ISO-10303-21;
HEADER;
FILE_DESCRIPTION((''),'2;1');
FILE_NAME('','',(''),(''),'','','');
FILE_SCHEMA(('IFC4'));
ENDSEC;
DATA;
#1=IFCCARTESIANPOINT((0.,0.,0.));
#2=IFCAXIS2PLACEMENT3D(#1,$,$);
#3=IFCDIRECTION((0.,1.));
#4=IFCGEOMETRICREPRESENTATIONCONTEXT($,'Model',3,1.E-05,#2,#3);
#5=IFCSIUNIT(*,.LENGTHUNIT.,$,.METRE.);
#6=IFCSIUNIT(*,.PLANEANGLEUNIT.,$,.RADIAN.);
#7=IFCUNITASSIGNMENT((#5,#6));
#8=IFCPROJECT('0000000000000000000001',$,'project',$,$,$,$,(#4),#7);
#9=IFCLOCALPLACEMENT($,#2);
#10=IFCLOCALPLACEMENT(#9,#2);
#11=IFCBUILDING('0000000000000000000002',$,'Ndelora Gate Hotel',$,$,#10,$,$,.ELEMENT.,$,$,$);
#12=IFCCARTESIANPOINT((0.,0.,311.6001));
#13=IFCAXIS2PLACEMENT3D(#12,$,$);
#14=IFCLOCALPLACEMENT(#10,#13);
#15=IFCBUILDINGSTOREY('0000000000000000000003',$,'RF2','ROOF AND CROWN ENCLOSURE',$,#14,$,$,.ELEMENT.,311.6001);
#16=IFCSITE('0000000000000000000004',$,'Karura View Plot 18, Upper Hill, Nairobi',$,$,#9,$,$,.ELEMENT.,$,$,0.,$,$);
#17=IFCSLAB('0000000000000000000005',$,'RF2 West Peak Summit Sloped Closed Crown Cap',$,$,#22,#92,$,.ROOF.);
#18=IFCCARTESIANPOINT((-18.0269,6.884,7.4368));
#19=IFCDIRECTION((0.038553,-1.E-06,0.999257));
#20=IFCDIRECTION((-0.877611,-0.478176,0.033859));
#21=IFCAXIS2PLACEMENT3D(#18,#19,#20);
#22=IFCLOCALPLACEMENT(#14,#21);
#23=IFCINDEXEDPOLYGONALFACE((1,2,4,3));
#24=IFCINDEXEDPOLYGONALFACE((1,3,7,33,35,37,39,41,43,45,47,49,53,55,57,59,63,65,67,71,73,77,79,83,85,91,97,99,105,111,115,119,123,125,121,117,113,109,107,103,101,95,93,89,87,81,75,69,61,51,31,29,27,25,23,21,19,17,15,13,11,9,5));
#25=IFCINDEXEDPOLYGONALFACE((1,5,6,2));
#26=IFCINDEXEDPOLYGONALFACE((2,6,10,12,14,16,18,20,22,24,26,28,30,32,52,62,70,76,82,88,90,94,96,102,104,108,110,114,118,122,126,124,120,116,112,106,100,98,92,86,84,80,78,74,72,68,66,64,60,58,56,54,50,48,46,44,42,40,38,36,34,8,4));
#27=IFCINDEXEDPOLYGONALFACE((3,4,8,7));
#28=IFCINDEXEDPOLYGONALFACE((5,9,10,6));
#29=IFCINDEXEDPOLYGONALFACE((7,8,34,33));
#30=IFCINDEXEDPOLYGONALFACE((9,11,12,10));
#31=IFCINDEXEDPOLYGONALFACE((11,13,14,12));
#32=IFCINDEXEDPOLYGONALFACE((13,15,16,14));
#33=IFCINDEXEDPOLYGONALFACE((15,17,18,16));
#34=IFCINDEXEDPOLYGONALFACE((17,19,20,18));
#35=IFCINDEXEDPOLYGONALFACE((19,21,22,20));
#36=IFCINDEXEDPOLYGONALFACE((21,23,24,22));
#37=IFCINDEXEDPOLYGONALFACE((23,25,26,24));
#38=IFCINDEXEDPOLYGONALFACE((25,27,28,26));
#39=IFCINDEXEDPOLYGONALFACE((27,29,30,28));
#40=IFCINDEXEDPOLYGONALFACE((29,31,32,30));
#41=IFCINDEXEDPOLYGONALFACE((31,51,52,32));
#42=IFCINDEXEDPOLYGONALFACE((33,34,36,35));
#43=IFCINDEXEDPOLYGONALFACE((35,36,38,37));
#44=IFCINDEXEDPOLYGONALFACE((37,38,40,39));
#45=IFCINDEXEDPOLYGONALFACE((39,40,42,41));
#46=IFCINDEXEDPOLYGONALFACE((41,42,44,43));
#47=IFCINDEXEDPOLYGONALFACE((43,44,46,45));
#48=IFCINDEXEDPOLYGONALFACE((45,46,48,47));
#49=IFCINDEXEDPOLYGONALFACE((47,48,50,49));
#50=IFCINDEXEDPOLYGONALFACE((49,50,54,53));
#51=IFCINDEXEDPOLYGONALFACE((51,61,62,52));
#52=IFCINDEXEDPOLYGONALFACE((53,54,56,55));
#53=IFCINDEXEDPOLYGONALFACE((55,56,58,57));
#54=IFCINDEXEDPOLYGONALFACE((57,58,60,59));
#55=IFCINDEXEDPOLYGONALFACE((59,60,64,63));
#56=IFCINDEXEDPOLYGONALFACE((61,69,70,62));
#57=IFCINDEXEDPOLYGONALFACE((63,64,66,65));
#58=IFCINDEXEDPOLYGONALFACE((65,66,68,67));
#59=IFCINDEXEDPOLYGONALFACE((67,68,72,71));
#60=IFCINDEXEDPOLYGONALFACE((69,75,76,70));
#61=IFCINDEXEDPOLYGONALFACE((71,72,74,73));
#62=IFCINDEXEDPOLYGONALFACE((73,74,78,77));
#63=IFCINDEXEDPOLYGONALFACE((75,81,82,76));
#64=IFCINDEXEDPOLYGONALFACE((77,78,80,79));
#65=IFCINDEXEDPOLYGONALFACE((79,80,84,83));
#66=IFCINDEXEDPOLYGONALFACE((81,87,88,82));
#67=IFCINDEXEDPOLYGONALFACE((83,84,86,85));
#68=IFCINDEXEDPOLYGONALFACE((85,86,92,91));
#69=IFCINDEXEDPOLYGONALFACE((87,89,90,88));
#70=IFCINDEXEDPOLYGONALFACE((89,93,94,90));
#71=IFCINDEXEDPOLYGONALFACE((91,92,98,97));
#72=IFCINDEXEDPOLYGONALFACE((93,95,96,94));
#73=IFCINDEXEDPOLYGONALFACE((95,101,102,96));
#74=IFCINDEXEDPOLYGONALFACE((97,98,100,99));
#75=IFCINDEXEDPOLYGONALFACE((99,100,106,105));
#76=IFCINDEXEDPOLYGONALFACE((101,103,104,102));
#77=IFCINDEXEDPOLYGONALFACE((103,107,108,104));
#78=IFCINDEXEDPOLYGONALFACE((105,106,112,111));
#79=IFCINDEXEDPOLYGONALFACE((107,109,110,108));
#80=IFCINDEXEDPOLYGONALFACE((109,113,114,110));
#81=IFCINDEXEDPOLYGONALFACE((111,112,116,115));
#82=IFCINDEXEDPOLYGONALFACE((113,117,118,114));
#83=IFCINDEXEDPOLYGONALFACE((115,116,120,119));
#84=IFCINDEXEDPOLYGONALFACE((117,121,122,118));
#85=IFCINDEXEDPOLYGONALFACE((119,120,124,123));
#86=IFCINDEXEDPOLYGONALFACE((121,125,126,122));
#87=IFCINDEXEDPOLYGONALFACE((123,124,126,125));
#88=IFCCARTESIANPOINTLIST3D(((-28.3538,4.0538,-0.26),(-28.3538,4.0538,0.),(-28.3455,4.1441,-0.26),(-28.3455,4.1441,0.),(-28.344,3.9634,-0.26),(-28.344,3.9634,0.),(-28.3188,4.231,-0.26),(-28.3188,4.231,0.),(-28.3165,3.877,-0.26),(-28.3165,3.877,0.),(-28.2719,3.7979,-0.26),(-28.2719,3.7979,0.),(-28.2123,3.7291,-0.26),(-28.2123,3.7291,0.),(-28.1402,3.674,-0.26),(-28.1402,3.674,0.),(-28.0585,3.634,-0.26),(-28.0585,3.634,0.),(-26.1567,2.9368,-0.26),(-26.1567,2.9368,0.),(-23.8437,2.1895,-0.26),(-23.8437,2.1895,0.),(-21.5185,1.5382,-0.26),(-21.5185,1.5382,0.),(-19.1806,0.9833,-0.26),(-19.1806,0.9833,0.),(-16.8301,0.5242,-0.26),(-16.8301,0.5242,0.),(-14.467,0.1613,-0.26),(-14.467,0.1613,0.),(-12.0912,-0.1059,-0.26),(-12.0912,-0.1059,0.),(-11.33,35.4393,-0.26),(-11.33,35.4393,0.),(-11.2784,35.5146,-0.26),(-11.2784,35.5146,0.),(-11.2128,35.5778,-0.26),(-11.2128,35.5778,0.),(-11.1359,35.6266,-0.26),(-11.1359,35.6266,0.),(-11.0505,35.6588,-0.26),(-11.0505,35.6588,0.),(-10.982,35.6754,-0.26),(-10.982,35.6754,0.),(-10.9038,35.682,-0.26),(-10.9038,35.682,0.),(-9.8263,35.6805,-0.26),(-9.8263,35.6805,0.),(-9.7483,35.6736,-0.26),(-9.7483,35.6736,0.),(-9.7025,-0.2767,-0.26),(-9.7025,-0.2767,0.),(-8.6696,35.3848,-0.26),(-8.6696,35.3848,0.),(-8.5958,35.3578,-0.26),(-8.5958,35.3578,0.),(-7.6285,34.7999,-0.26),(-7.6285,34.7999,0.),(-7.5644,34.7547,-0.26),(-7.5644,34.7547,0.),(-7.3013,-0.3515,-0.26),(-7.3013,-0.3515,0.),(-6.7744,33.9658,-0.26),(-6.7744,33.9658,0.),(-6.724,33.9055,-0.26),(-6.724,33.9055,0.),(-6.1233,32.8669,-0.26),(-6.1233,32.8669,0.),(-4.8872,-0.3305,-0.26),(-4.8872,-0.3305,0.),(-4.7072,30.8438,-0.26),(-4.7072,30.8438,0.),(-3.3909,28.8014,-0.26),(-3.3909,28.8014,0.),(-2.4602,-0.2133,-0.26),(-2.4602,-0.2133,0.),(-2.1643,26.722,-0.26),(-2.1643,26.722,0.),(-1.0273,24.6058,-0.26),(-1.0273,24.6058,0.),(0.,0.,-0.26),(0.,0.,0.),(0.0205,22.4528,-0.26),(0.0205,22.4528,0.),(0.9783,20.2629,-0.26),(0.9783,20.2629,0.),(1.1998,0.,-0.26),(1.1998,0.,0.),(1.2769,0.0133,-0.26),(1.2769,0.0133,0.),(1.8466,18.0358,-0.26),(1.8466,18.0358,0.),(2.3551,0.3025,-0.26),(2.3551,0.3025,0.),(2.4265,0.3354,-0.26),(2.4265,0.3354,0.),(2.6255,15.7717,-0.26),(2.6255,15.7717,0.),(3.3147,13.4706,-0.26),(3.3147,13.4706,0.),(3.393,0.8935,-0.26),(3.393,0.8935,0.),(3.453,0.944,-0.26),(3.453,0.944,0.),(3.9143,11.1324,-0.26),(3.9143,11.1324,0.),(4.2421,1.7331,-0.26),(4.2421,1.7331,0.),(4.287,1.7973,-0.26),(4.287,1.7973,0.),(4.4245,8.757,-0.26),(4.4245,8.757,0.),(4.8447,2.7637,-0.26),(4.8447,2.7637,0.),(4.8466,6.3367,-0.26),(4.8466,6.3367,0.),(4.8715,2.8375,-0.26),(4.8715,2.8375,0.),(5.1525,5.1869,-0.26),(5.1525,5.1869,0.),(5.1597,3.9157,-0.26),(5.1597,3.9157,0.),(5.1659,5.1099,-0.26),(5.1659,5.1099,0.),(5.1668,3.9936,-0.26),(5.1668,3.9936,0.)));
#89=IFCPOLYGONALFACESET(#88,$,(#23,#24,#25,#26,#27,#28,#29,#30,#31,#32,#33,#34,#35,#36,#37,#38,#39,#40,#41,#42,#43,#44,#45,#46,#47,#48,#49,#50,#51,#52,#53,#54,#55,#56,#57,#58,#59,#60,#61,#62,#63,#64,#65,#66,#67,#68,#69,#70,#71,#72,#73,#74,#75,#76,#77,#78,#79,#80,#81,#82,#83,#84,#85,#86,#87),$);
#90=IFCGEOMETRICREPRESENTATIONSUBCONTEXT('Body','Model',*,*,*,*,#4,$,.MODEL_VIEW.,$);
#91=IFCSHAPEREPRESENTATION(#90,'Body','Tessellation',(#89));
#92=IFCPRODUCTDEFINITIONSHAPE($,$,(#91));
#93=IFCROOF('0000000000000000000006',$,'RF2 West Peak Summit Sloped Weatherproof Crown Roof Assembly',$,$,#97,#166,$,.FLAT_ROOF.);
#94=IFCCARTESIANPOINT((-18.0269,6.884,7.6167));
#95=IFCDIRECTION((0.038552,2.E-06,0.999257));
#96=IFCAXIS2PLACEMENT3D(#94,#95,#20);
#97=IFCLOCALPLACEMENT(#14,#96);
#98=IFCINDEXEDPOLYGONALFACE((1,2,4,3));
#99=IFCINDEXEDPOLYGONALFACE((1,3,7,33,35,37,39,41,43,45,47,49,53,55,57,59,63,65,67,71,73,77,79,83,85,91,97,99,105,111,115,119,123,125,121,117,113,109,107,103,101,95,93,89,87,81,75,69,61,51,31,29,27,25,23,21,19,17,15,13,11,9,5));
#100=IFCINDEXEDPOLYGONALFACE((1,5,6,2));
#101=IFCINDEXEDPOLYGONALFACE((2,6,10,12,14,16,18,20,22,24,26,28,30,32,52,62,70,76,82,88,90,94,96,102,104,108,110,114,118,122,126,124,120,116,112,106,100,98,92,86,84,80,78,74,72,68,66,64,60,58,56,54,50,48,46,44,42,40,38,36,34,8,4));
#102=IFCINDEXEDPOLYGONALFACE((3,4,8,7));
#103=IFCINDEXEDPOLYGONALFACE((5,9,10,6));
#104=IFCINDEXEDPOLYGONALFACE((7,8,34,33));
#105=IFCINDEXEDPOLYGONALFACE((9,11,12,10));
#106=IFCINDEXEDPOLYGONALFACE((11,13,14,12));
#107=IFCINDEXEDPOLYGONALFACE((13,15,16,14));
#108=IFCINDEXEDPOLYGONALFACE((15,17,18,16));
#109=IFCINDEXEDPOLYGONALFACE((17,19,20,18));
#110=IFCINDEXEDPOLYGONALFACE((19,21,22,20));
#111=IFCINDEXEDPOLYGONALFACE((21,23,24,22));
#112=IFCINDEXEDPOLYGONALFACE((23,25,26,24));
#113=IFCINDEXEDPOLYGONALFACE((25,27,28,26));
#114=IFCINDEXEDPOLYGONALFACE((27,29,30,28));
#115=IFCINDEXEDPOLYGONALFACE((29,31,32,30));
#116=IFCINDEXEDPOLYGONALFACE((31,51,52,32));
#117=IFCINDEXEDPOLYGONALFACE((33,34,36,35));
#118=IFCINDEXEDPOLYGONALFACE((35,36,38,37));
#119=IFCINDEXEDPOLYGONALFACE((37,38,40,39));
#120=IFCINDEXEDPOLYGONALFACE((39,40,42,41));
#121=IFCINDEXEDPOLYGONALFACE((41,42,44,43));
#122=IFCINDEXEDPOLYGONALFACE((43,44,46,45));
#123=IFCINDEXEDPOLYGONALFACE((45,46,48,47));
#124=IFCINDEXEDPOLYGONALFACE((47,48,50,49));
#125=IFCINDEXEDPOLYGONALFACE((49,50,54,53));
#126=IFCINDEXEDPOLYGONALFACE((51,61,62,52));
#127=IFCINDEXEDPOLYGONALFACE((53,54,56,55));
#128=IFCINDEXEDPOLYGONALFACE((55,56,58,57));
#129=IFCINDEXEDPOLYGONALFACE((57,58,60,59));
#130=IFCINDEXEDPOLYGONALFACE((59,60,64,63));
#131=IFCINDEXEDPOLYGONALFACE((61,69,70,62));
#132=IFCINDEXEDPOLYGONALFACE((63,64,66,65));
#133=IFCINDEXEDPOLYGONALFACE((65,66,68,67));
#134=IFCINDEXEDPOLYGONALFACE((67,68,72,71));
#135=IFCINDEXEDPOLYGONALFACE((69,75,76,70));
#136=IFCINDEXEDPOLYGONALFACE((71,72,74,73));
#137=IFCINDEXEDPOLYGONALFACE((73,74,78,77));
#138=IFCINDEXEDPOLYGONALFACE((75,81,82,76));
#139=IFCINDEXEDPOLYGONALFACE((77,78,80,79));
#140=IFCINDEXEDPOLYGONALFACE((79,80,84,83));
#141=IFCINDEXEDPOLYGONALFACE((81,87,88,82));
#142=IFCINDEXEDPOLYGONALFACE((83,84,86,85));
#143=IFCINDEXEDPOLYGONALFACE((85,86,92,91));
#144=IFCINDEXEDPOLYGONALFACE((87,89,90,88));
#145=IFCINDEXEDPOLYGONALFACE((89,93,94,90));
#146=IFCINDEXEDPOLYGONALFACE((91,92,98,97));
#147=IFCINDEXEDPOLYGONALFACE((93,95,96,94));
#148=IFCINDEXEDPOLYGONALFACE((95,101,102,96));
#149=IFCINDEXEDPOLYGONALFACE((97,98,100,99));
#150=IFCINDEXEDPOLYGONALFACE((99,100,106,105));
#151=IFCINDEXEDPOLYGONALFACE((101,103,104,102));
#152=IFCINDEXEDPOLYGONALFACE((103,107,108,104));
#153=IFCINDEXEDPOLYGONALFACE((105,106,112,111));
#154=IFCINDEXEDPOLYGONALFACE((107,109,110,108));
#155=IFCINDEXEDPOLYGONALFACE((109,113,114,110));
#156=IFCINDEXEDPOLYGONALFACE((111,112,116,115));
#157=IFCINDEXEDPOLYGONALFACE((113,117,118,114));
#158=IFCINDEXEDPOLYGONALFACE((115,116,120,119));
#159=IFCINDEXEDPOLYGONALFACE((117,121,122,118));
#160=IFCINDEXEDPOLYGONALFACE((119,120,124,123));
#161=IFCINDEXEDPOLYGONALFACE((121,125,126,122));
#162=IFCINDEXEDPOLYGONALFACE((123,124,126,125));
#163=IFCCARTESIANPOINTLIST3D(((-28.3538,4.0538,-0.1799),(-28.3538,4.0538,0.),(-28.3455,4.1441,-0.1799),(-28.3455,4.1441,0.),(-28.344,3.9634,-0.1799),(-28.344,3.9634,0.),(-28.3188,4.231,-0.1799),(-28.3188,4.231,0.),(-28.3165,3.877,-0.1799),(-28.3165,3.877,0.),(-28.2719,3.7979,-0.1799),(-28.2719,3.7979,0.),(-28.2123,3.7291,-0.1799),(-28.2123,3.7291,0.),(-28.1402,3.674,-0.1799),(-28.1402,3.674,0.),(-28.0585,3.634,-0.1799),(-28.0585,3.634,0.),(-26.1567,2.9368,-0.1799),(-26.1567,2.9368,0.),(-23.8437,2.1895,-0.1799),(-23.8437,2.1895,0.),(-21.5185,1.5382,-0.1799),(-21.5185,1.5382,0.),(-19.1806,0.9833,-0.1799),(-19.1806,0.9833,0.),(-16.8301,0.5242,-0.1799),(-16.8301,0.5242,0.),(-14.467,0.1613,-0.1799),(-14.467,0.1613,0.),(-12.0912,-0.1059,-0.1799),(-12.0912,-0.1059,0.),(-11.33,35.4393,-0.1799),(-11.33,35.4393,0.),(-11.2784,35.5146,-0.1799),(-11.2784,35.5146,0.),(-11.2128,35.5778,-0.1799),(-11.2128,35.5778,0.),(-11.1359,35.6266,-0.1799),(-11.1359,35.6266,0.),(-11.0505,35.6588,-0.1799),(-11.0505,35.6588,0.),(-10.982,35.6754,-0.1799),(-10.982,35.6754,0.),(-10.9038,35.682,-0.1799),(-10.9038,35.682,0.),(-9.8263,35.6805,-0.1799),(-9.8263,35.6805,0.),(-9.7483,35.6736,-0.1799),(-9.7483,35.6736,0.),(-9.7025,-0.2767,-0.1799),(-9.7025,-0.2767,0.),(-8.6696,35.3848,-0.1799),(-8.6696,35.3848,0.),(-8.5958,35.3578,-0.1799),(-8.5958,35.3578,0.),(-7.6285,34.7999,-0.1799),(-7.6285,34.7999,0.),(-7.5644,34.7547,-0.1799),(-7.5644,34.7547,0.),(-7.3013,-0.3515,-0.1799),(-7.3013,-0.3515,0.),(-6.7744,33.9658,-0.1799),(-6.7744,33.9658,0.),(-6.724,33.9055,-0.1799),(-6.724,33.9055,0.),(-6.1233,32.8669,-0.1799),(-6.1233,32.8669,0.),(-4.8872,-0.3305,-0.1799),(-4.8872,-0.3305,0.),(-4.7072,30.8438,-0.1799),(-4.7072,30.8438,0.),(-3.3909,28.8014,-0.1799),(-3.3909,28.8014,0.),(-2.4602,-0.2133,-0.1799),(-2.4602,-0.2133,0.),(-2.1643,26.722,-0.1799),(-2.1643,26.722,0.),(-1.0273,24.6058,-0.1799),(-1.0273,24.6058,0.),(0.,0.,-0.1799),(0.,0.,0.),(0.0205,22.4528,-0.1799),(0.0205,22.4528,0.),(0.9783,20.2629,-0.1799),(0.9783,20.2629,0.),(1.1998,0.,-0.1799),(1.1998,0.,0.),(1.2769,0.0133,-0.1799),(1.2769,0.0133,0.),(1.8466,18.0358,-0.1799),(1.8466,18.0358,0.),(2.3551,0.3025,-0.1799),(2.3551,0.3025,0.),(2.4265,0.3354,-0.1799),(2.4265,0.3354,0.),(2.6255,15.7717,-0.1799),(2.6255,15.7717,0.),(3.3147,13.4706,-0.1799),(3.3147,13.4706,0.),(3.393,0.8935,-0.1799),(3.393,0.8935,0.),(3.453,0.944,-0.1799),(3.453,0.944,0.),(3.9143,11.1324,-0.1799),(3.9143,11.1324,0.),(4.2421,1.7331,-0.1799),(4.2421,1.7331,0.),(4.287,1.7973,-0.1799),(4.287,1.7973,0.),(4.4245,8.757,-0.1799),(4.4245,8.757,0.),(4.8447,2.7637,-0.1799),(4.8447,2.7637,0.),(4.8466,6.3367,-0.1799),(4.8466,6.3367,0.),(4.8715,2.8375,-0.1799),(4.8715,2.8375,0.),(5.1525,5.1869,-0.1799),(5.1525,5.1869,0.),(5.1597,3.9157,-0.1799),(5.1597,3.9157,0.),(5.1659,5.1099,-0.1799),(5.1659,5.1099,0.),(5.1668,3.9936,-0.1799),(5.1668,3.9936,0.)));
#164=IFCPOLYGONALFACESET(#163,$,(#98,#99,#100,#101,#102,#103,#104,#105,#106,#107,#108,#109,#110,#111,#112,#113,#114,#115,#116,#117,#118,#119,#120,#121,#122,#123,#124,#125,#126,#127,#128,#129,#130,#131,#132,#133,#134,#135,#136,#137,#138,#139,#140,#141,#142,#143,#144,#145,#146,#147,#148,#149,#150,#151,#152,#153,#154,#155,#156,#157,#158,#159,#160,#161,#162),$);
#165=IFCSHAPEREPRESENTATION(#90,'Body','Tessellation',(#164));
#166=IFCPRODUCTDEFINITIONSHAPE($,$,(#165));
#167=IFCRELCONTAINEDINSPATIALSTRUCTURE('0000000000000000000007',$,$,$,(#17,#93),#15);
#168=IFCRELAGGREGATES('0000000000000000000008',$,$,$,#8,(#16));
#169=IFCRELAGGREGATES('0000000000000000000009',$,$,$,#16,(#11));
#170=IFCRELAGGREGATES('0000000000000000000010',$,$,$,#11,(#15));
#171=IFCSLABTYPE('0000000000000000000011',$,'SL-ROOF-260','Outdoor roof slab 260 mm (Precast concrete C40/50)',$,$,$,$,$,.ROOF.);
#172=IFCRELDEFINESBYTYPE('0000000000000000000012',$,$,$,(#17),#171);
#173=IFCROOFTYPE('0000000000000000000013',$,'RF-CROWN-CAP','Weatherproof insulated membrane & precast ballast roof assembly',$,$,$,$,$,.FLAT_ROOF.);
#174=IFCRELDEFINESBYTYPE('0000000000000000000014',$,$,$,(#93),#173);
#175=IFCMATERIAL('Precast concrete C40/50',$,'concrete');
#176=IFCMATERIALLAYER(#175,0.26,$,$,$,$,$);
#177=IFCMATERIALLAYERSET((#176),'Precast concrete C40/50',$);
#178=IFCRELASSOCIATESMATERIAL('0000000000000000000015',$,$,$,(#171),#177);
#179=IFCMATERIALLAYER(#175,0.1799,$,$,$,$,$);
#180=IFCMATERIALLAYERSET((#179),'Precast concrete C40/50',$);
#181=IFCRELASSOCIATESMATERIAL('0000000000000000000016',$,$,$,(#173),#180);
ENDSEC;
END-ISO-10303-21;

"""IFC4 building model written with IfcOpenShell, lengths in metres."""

from ifc_helpers import new_model, si_unit, direction, frame, origin, place, context, subcontext, project, spatial, polyline, outline, extrude, material, layer, layer_set, type_object, element, save


model = new_model("IFC4")

# Units and contexts
model_context = context("Model", 3, precision=1e-05, world=origin(), true_north=direction((0.0, 1.0)))
body_context = subcontext(model_context, "Body", "Model", "MODEL_VIEW")
ifc_project = project(units=[si_unit("LENGTHUNIT", "METRE"), si_unit("PLANEANGLEUNIT", "RADIAN")], contexts=[model_context])

# Site, building, storey
site_placement = place(None, origin())
site = spatial("IfcSite", under=ifc_project, at=site_placement, Name="Karura View Plot 18, Upper Hill, Nairobi", CompositionType="ELEMENT", RefElevation=0.0)
building_placement = place(site_placement, origin())
building = spatial("IfcBuilding", under=site, at=building_placement, Name="Ndelora Gate Hotel", CompositionType="ELEMENT")
storey_placement = place(building_placement, frame((0.0, 0.0, 311.6001)))
storey = spatial("IfcBuildingStorey", under=building, at=storey_placement, Name="RF2", Description="ROOF AND CROWN ENCLOSURE", CompositionType="ELEMENT", Elevation=311.6001)

# Slab
ifc_material_1 = material(Name="Precast concrete C40/50", Category="concrete")
ifc_layer_1 = layer(ifc_material_1, 0.26)
ifc_layer_set_1 = layer_set([ifc_layer_1], Name="Precast concrete C40/50")
slab_type = type_object("IfcSlabType", Name="SL-ROOF-260", Description="Outdoor roof slab 260 mm (Precast concrete C40/50)", PredefinedType="ROOF", material=ifc_layer_set_1)
slab_placement = place(storey_placement, frame((-18.0269, 6.884, 7.4368), z_axis=(0.038553, -0.000001, 0.999257), x_axis=(-0.877611, -0.478176, 0.033859)))
element("IfcSlab", 1, at=slab_placement, inside=storey, type_object=slab_type, Name="RF2 West Peak Summit Sloped Closed Crown Cap", PredefinedType="ROOF", context=body_context, shape_type="SweptSolid", body=[
    extrude(outline(polyline([(0.0, 0.0), (1.1998, 0.0), (1.2769, 0.0133), (2.3551, 0.3025), (2.4265, 0.3354), (3.393, 0.8935), (3.453, 0.944), (4.2421, 1.7331), (4.287, 1.7973), (4.8447, 2.7637), (4.8715, 2.8375), (5.1597, 3.9157), (5.1668, 3.9936), (5.1659, 5.1099), (5.1525, 5.1869), (4.8466, 6.3367), (4.4245, 8.757), (3.9143, 11.1324), (3.3147, 13.4706), (2.6255, 15.7717), (1.8466, 18.0358), (0.9783, 20.2629), (0.0205, 22.4528), (-1.0273, 24.6058), (-2.1643, 26.722), (-3.3909, 28.8014), (-4.7072, 30.8438), (-6.1233, 32.8669), (-6.724, 33.9055), (-6.7744, 33.9658), (-7.5644, 34.7547), (-7.6285, 34.7999), (-8.5958, 35.3578), (-8.6696, 35.3848), (-9.7483, 35.6736), (-9.8263, 35.6805), (-10.9038, 35.682), (-10.982, 35.6754), (-11.0505, 35.6588), (-11.1359, 35.6266), (-11.2128, 35.5778), (-11.2784, 35.5146), (-11.33, 35.4393), (-28.3188, 4.231), (-28.3455, 4.1441), (-28.3538, 4.0538), (-28.344, 3.9634), (-28.3165, 3.877), (-28.2719, 3.7979), (-28.2123, 3.7291), (-28.1402, 3.674), (-28.0585, 3.634), (-26.1567, 2.9368), (-23.8437, 2.1895), (-21.5185, 1.5382), (-19.1806, 0.9833), (-16.8301, 0.5242), (-14.467, 0.1613), (-12.0912, -0.1059), (-9.7025, -0.2767), (-7.3013, -0.3515), (-4.8872, -0.3305), (-2.4602, -0.2133), (0.0, 0.0)])), origin(), (0.0, 0.0, -1.0), 0.26),
])

# Roof
ifc_layer_2 = layer(ifc_material_1, 0.1799)
ifc_layer_set_2 = layer_set([ifc_layer_2], Name="Precast concrete C40/50")
roof_type = type_object("IfcRoofType", Name="RF-CROWN-CAP", Description="Weatherproof insulated membrane & precast ballast roof assembly", PredefinedType="FLAT_ROOF", material=ifc_layer_set_2)
roof_placement = place(storey_placement, frame((-18.0269, 6.884, 7.6167), z_axis=(0.038552, 0.000002, 0.999257), x_axis=(-0.877611, -0.478176, 0.033859)))
element("IfcRoof", 2, at=roof_placement, inside=storey, type_object=roof_type, Name="RF2 West Peak Summit Sloped Weatherproof Crown Roof Assembly", PredefinedType="FLAT_ROOF", context=body_context, shape_type="SweptSolid", body=[
    extrude(outline(polyline([(0.0, 0.0), (1.1998, 0.0), (1.2769, 0.0133), (2.3551, 0.3025), (2.4265, 0.3354), (3.393, 0.8935), (3.453, 0.944), (4.2421, 1.7331), (4.287, 1.7973), (4.8447, 2.7637), (4.8715, 2.8375), (5.1597, 3.9157), (5.1668, 3.9936), (5.1659, 5.1099), (5.1525, 5.1869), (4.8466, 6.3367), (4.4245, 8.757), (3.9143, 11.1324), (3.3147, 13.4706), (2.6255, 15.7717), (1.8466, 18.0358), (0.9783, 20.2629), (0.0205, 22.4528), (-1.0273, 24.6058), (-2.1643, 26.722), (-3.3909, 28.8014), (-4.7072, 30.8438), (-6.1233, 32.8669), (-6.724, 33.9055), (-6.7744, 33.9658), (-7.5644, 34.7547), (-7.6285, 34.7999), (-8.5958, 35.3578), (-8.6696, 35.3848), (-9.7483, 35.6736), (-9.8263, 35.6805), (-10.9038, 35.682), (-10.982, 35.6754), (-11.0505, 35.6588), (-11.1359, 35.6266), (-11.2128, 35.5778), (-11.2784, 35.5146), (-11.33, 35.4393), (-28.3188, 4.231), (-28.3455, 4.1441), (-28.3538, 4.0538), (-28.344, 3.9634), (-28.3165, 3.877), (-28.2719, 3.7979), (-28.2123, 3.7291), (-28.1402, 3.674), (-28.0585, 3.634), (-26.1567, 2.9368), (-23.8437, 2.1895), (-21.5185, 1.5382), (-19.1806, 0.9833), (-16.8301, 0.5242), (-14.467, 0.1613), (-12.0912, -0.1059), (-9.7025, -0.2767), (-7.3013, -0.3515), (-4.8872, -0.3305), (-2.4602, -0.2133), (0.0, 0.0)])), origin(), (0.0, 0.0, -1.0), 0.1799),
])

save(model, "model.ifc")
